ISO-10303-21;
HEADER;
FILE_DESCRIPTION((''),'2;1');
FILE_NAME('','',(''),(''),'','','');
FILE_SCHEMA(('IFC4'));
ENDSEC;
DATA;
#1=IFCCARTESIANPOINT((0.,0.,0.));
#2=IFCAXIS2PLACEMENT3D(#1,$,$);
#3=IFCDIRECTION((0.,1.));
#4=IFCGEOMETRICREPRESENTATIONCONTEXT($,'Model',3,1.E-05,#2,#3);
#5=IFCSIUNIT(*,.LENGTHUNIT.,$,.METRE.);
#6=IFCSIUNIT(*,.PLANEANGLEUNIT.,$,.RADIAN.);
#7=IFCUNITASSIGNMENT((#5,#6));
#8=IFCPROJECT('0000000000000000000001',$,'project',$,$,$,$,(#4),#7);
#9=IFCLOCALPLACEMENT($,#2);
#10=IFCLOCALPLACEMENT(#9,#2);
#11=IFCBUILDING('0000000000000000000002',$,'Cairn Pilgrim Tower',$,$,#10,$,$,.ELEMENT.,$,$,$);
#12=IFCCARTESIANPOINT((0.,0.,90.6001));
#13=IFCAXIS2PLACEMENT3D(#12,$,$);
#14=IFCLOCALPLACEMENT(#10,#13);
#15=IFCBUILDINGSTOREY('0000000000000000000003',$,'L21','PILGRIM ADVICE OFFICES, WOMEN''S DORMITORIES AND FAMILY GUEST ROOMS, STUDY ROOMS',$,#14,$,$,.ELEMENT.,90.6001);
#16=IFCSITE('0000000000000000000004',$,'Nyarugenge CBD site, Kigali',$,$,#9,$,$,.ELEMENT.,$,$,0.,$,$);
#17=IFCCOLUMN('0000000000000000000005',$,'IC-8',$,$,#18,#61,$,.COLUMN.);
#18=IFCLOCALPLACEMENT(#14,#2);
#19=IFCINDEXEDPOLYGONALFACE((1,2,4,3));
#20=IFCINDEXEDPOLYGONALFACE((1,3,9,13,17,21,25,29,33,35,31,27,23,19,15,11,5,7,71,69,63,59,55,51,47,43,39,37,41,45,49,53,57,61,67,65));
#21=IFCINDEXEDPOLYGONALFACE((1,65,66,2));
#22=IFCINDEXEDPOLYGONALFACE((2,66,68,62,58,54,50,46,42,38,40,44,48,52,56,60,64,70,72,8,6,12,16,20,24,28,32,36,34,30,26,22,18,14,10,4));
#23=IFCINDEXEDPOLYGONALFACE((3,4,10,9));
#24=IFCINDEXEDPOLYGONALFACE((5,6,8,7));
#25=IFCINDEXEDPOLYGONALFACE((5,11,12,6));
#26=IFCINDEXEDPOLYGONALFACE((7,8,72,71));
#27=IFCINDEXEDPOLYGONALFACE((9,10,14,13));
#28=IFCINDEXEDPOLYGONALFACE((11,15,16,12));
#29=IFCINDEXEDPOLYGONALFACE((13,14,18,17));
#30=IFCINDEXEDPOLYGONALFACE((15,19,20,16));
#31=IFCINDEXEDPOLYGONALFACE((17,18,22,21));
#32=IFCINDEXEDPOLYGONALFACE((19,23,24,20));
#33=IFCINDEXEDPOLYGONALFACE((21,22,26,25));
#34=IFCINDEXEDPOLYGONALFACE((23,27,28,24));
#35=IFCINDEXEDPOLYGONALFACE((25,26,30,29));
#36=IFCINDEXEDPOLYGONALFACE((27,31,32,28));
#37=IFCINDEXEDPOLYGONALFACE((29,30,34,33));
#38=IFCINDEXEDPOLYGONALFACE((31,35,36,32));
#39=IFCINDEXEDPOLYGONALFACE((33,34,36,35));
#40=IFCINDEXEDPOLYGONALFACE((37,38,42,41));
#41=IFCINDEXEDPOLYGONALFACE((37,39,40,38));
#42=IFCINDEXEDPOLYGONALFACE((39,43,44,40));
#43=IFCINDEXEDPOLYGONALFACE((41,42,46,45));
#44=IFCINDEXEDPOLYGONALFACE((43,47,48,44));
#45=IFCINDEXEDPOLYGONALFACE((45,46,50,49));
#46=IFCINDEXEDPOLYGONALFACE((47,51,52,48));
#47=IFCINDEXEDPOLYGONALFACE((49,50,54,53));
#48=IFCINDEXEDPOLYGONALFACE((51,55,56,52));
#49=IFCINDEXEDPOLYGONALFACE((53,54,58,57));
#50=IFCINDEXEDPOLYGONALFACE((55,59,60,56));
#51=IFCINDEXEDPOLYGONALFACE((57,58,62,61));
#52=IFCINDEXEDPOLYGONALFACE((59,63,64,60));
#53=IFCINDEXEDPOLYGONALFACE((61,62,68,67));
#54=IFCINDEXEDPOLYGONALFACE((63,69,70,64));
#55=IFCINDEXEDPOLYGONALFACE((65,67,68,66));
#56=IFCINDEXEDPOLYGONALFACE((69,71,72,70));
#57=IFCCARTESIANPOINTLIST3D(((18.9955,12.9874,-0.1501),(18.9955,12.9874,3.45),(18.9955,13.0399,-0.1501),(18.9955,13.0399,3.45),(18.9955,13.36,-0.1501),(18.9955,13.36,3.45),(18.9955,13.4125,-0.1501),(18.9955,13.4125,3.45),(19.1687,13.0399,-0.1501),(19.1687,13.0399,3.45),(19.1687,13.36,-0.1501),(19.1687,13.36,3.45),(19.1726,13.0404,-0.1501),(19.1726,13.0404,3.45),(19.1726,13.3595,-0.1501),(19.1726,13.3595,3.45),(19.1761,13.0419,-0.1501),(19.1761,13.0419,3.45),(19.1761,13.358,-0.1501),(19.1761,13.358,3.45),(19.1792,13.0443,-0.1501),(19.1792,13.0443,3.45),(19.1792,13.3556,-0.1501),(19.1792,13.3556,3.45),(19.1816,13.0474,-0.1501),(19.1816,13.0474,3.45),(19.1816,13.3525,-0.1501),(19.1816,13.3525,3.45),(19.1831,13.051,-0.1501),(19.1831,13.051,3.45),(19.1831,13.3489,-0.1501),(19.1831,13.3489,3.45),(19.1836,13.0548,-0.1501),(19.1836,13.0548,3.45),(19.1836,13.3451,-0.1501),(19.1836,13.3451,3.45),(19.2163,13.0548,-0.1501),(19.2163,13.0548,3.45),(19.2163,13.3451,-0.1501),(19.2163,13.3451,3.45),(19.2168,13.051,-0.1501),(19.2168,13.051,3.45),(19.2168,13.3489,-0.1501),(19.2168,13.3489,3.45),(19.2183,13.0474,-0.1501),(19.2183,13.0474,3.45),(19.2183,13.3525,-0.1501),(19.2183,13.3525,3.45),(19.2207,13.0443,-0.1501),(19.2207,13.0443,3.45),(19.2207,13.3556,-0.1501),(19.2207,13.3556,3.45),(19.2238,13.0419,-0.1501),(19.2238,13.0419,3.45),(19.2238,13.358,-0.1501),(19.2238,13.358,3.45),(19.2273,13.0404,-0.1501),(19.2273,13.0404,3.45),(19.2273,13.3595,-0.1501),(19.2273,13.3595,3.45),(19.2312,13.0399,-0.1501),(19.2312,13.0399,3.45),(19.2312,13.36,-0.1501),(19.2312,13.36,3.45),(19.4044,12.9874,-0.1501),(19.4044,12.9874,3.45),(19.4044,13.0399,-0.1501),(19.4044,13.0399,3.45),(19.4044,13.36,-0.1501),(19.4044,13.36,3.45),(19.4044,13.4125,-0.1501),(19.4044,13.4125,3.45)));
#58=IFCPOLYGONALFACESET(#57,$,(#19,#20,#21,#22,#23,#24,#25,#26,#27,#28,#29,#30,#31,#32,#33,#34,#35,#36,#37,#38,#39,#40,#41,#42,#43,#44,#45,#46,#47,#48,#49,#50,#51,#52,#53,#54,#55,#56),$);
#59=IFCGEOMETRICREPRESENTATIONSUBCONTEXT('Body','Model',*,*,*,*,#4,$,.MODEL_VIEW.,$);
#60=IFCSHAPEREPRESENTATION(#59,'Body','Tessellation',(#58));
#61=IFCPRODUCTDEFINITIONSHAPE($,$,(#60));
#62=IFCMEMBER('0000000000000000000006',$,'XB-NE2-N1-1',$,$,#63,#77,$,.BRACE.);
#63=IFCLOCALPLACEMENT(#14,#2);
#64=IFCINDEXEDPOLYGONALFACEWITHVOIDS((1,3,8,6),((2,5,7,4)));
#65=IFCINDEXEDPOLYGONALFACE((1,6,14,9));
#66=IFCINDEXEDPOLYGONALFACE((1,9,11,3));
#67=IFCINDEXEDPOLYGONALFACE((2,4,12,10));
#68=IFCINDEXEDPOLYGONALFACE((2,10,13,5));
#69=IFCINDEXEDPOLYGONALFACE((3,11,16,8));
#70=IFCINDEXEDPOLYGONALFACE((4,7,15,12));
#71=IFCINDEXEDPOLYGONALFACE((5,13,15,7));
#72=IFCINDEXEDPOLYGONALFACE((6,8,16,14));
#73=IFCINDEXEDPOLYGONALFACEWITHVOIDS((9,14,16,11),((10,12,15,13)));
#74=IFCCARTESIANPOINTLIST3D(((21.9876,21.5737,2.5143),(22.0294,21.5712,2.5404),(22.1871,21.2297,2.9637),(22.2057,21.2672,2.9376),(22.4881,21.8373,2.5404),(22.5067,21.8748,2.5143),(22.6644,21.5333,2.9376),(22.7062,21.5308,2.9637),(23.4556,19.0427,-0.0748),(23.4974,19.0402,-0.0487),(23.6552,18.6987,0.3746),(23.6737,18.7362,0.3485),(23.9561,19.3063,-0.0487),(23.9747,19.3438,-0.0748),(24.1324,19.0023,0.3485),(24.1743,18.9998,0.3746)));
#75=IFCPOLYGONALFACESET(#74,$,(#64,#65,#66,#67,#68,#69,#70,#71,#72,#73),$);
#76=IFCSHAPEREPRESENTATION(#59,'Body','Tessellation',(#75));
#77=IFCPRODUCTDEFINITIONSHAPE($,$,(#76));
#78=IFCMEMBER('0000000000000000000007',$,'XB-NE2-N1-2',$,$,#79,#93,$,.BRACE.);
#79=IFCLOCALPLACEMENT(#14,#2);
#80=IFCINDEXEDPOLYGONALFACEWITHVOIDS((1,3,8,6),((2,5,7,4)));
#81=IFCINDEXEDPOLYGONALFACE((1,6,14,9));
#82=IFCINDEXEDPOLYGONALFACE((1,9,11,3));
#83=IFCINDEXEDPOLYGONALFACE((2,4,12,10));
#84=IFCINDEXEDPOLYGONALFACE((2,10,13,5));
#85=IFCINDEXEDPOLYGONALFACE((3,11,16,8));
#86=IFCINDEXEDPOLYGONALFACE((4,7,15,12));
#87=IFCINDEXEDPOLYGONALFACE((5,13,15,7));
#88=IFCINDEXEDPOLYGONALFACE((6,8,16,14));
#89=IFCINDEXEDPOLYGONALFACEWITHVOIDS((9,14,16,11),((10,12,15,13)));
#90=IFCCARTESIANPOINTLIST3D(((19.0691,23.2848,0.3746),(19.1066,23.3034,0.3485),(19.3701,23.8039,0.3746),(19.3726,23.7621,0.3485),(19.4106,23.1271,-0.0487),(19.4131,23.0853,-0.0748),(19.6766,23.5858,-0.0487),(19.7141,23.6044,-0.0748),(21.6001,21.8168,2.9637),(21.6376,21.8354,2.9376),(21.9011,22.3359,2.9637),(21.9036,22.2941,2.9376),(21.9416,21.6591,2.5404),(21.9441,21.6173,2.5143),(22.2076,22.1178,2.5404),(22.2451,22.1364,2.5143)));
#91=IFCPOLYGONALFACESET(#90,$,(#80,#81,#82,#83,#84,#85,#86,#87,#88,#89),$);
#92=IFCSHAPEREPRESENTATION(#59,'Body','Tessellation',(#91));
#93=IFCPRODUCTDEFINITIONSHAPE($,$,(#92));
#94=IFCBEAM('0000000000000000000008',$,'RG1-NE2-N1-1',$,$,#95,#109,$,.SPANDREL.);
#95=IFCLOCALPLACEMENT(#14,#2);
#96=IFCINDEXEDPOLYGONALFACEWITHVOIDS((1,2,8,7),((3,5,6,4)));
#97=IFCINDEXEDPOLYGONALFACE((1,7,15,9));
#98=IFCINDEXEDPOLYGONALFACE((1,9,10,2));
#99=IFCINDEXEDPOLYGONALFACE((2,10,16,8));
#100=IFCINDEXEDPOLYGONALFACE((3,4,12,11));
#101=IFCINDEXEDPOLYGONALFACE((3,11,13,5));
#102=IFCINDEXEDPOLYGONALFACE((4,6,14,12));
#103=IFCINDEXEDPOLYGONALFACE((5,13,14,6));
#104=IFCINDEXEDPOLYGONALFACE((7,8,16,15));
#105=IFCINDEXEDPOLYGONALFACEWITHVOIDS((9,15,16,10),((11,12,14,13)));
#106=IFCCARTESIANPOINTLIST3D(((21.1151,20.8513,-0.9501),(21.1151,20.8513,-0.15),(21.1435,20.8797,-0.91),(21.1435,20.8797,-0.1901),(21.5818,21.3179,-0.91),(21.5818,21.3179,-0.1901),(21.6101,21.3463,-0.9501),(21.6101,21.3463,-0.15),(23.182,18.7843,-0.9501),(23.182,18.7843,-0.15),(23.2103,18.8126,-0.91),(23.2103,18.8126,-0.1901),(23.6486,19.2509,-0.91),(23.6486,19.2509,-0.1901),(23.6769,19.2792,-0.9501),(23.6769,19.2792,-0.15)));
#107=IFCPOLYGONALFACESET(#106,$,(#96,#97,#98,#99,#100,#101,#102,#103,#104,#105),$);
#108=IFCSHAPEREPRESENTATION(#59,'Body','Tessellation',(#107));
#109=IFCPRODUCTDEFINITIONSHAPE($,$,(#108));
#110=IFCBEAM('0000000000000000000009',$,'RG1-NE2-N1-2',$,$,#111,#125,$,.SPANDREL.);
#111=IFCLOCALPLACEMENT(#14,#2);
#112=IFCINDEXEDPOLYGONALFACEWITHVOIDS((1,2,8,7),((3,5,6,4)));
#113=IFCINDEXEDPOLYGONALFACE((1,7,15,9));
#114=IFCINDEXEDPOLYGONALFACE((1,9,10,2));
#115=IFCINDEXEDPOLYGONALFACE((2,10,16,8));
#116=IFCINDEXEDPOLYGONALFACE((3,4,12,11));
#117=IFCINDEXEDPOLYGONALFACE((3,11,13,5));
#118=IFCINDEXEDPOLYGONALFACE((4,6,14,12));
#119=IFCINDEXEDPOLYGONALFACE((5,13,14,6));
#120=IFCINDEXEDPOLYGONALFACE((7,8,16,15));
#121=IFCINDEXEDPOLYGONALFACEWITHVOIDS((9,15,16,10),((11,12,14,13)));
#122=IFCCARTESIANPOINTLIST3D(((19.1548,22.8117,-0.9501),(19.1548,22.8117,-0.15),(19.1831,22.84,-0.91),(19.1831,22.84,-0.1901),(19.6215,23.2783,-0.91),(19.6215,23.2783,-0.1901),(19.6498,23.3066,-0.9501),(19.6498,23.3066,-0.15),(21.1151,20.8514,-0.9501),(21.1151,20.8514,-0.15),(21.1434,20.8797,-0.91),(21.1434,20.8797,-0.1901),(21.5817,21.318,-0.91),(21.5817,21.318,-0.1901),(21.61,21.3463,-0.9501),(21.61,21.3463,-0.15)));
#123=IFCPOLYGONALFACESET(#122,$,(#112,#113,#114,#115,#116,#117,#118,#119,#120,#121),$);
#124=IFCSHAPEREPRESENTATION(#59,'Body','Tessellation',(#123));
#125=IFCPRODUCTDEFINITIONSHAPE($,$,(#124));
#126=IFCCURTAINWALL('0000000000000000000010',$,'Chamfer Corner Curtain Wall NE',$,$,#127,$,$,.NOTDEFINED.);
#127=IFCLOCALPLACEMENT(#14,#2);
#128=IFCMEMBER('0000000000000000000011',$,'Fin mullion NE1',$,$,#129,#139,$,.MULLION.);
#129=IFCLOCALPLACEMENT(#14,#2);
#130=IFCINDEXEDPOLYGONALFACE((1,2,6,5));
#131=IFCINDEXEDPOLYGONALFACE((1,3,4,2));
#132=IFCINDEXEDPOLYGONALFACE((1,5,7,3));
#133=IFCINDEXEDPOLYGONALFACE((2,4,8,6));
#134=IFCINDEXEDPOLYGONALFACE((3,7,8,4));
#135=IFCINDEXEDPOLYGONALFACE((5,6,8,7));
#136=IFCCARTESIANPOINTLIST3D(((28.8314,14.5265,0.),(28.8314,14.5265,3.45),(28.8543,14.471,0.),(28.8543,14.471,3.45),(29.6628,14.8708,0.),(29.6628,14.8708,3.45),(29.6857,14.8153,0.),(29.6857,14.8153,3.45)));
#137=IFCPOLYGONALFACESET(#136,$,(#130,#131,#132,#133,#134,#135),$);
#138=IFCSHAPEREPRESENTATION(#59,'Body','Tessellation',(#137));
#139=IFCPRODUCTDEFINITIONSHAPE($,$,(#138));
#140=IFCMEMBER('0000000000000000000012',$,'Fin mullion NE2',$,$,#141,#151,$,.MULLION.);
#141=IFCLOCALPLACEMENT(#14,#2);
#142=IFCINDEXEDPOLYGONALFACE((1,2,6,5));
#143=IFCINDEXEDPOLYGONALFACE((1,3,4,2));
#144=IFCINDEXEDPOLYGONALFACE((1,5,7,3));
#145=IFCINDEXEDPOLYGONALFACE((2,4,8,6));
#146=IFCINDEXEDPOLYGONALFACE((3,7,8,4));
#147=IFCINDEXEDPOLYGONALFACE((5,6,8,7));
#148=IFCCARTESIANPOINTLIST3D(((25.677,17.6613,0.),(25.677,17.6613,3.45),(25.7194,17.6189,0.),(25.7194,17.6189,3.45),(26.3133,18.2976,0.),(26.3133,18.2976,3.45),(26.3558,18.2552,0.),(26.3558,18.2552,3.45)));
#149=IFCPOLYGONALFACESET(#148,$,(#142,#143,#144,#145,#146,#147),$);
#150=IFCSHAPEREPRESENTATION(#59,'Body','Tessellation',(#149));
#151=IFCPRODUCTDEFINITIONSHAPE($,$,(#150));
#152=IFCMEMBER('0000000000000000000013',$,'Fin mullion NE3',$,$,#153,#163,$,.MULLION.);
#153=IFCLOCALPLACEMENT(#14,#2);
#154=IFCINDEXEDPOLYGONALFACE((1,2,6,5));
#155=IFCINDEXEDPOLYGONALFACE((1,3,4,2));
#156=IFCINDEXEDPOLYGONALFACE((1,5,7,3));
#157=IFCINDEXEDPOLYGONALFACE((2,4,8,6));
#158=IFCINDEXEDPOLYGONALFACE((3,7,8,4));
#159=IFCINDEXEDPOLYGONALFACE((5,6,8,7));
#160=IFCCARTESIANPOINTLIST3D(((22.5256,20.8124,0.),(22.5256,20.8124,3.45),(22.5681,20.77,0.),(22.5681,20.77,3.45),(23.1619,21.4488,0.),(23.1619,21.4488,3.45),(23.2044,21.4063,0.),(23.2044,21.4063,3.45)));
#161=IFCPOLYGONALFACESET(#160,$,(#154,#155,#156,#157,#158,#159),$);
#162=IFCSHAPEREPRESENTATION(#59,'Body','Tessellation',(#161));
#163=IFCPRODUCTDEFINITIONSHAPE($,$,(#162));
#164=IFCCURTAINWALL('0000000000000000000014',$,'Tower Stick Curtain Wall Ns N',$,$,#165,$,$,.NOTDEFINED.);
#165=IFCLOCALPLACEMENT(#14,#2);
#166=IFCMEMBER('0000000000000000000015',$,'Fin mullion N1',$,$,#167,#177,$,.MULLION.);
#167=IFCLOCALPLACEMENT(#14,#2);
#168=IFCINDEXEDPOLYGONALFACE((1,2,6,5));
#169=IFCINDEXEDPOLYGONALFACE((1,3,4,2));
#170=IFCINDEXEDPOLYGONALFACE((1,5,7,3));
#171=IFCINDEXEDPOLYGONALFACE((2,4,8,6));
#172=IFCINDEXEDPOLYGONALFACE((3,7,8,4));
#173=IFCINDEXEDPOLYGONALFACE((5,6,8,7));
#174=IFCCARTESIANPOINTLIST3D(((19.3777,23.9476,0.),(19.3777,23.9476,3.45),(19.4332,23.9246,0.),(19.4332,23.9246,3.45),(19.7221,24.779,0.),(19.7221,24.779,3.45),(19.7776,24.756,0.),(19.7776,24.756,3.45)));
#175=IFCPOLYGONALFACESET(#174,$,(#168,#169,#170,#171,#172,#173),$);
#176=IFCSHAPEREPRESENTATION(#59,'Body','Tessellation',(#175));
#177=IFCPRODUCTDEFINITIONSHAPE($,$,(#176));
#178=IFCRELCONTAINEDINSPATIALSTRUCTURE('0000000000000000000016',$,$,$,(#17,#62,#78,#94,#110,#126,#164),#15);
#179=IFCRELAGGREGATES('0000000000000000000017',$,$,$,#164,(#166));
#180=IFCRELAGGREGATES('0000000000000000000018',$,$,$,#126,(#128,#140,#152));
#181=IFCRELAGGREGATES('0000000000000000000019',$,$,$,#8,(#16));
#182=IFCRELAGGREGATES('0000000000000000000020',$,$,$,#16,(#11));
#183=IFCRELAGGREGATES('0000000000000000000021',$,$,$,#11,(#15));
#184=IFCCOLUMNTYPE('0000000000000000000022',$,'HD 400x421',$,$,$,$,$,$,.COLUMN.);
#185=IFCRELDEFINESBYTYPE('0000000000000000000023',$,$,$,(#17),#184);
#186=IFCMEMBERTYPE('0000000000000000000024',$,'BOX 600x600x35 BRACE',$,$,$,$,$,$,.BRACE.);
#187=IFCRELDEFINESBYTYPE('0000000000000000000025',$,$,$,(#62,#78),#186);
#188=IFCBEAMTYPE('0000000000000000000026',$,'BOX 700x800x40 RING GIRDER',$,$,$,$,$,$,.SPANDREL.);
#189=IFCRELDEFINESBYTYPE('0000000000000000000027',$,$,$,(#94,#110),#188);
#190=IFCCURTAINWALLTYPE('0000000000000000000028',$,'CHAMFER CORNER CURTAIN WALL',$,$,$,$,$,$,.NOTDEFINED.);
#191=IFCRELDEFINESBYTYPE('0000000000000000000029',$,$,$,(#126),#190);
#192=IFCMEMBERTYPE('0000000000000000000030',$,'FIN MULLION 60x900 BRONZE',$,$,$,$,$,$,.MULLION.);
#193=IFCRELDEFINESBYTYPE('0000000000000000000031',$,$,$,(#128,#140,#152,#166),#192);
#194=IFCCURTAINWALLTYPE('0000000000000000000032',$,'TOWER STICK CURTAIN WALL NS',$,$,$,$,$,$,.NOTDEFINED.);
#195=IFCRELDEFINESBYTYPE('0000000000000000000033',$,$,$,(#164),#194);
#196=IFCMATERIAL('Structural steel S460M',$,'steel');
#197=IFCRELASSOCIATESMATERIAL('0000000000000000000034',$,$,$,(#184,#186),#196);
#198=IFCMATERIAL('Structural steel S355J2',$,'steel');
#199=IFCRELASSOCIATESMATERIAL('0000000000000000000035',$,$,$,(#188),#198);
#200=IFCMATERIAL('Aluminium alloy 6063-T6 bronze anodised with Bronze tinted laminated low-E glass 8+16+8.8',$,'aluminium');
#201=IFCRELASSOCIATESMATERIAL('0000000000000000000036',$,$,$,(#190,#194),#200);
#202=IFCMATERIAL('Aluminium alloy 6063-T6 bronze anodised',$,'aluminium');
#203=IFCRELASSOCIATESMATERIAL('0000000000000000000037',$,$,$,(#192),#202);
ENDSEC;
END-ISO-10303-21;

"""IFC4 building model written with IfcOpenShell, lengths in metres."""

from ifc_helpers import new_model, si_unit, direction, frame, origin, origin_2d, place, context, subcontext, project, spatial, rectangle, hollow_rectangle, i_section, extrude, material, material_profile, profile_set, type_object, element, aggregate, save


model = new_model("IFC4")

# Units and contexts
model_context = context("Model", 3, precision=1e-05, world=origin(), true_north=direction((0.0, 1.0)))
body_context = subcontext(model_context, "Body", "Model", "MODEL_VIEW")
ifc_project = project(units=[si_unit("LENGTHUNIT", "METRE"), si_unit("PLANEANGLEUNIT", "RADIAN")], contexts=[model_context])

# Site, building, storey
site_placement = place(None, origin())
site = spatial("IfcSite", under=ifc_project, at=site_placement, Name="Nyarugenge CBD site, Kigali", CompositionType="ELEMENT", RefElevation=0.0)
building_placement = place(site_placement, origin())
building = spatial("IfcBuilding", under=site, at=building_placement, Name="Cairn Pilgrim Tower", CompositionType="ELEMENT")
storey_placement = place(building_placement, frame((0.0, 0.0, 90.6001)))
storey = spatial("IfcBuildingStorey", under=building, at=storey_placement, Name="L21", Description="PILGRIM ADVICE OFFICES, WOMEN'S DORMITORIES AND FAMILY GUEST ROOMS, STUDY ROOMS", CompositionType="ELEMENT", Elevation=90.6001)

# Column
ifc_material_1 = material(Name="Structural steel S460M", Category="steel")
ifc_material_profile_1 = material_profile(ifc_material_1, i_section(OverallWidth=0.4089, OverallDepth=0.425, WebThickness=0.0327, FlangeThickness=0.0525, FilletRadius=0.0149, at=origin_2d()), Name="HD 400x421")
ifc_profile_set_1 = profile_set([ifc_material_profile_1], Name="Structural steel S460M")
column_type_1 = type_object("IfcColumnType", Name="HD 400x421", PredefinedType="COLUMN", material=ifc_profile_set_1)
column_placement = place(storey_placement, frame((19.2, 13.2, -0.1501), z_axis=(0.0, 0.0, 1.0), x_axis=(1.0, 0.0, 0.0)))
element("IfcColumn", 1, at=column_placement, inside=storey, type_object=column_type_1, Name="IC-8", PredefinedType="COLUMN", context=body_context, shape_type="SweptSolid", body=[
    extrude(i_section(OverallWidth=0.4089, OverallDepth=0.425, WebThickness=0.0327, FlangeThickness=0.0525, FilletRadius=0.0149, at=origin_2d()), origin(), (0.0, 0.0, 1.0), 3.6001),
])

# Members
ifc_material_profile_2 = material_profile(ifc_material_1, hollow_rectangle(XDim=0.6001, YDim=0.6001, WallThickness=0.0349, at=origin_2d()), Name="BOX 600x600x35")
ifc_profile_set_2 = profile_set([ifc_material_profile_2], Name="Structural steel S460M")
member_type_1 = type_object("IfcMemberType", Name="BOX 600x600x35 BRACE", PredefinedType="BRACE", material=ifc_profile_set_2)
for number, where, z_axis, x_axis, name in (
    (2, (23.8149, 19.0212, 0.1499), (-0.375741, 0.647815, 0.662687), (-0.865026, -0.501727, 0.0), "XB-NE2-N1-1"),
    (3, (19.3916, 23.4446, 0.1499), (0.647815, -0.375741, 0.662687), (0.501727, 0.865026, 0.0), "XB-NE2-N1-2"),
):
    element("IfcMember", number, at=place(storey_placement, frame(where, z_axis=z_axis, x_axis=x_axis)), inside=storey, type_object=member_type_1, Name=name, PredefinedType="BRACE", context=body_context, shape_type="SweptSolid", body=[
        extrude(hollow_rectangle(XDim=0.6001, YDim=0.6001, WallThickness=0.0349, at=origin_2d()), origin(), (0.0, 0.0, 1.0), 3.907),
    ])

# Beams
ifc_material_2 = material(Name="Structural steel S355J2", Category="steel")
ifc_material_profile_3 = material_profile(ifc_material_2, hollow_rectangle(XDim=0.7, YDim=0.8, WallThickness=0.04, at=origin_2d()), Name="BOX 700x800x40")
ifc_profile_set_3 = profile_set([ifc_material_profile_3], Name="Structural steel S355J2")
beam_type_1 = type_object("IfcBeamType", Name="BOX 700x800x40 RING GIRDER", PredefinedType="SPANDREL", material=ifc_profile_set_3)
beam_1_placement = place(storey_placement, frame((23.4294, 19.0317, -0.55), z_axis=(-0.707065, 0.707149, 0.0), x_axis=(-0.707149, -0.707065, 0.0)))
element("IfcBeam", 4, at=beam_1_placement, inside=storey, type_object=beam_type_1, Name="RG1-NE2-N1-1", PredefinedType="SPANDREL", context=body_context, shape_type="SweptSolid", body=[
    extrude(hollow_rectangle(XDim=0.7, YDim=0.8, WallThickness=0.04, at=origin_2d()), origin(), (0.0, 0.0, 1.0), 2.9231),
])
beam_2_placement = place(storey_placement, frame((21.3625, 21.0989, -0.55), z_axis=(-0.707107, 0.707107, 0.0), x_axis=(-0.707107, -0.707107, 0.0)))
element("IfcBeam", 5, at=beam_2_placement, inside=storey, type_object=beam_type_1, Name="RG1-NE2-N1-2", PredefinedType="SPANDREL", context=body_context, shape_type="SweptSolid", body=[
    extrude(hollow_rectangle(XDim=0.7, YDim=0.8, WallThickness=0.04, at=origin_2d()), origin(), (0.0, 0.0, 1.0), 2.7722),
])

# Curtain wall, members
ifc_material_3 = material(Name="Aluminium alloy 6063-T6 bronze anodised with Bronze tinted laminated low-E glass 8+16+8.8", Category="aluminium")
curtain_wall_type_1 = type_object("IfcCurtainWallType", Name="CHAMFER CORNER CURTAIN WALL", PredefinedType="NOTDEFINED", material=ifc_material_3)
curtain_wall_1_placement = place(storey_placement, origin())
curtain_wall_1 = element("IfcCurtainWall", 6, at=curtain_wall_1_placement, inside=storey, type_object=curtain_wall_type_1, Name="Chamfer Corner Curtain Wall NE", PredefinedType="NOTDEFINED")
ifc_material_4 = material(Name="Aluminium alloy 6063-T6 bronze anodised", Category="aluminium")
ifc_material_profile_4 = material_profile(ifc_material_4, rectangle(XDim=0.8999, YDim=0.0601, at=origin_2d()), Name="FIN MULLION 60x900 BRONZE")
ifc_profile_set_4 = profile_set([ifc_material_profile_4], Name="Aluminium alloy 6063-T6 bronze anodised")
member_type_2 = type_object("IfcMemberType", Name="FIN MULLION 60x900 BRONZE", PredefinedType="MULLION", material=ifc_profile_set_4)
member_1_placement = place(storey_placement, frame((29.2585, 14.6709, 0.0), z_axis=(0.0, 0.0, 1.0), x_axis=(0.92388, 0.382683, 0.0)))
member_1 = element("IfcMember", 7, at=member_1_placement, type_object=member_type_2, Name="Fin mullion NE1", PredefinedType="MULLION", context=body_context, shape_type="SweptSolid", body=[
    extrude(rectangle(XDim=0.8999, YDim=0.0601, at=origin_2d()), origin(), (0.0, 0.0, 1.0), 3.45),
])
member_2_placement = place(storey_placement, frame((26.0164, 17.9583, 0.0), z_axis=(0.0, 0.0, 1.0), x_axis=(0.707107, 0.707107, 0.0)))
member_2 = element("IfcMember", 8, at=member_2_placement, type_object=member_type_2, Name="Fin mullion NE2", PredefinedType="MULLION", context=body_context, shape_type="SweptSolid", body=[
    extrude(rectangle(XDim=0.8999, YDim=0.0601, at=origin_2d()), origin(), (0.0, 0.0, 1.0), 3.45),
])
member_3_placement = place(storey_placement, frame((22.865, 21.1094, 0.0), z_axis=(0.0, 0.0, 1.0), x_axis=(0.707107, 0.707107, 0.0)))
member_3 = element("IfcMember", 9, at=member_3_placement, type_object=member_type_2, Name="Fin mullion NE3", PredefinedType="MULLION", context=body_context, shape_type="SweptSolid", body=[
    extrude(rectangle(XDim=0.8999, YDim=0.0601, at=origin_2d()), origin(), (0.0, 0.0, 1.0), 3.45),
])

# Curtain wall, member
curtain_wall_type_2 = type_object("IfcCurtainWallType", Name="TOWER STICK CURTAIN WALL NS", PredefinedType="NOTDEFINED", material=ifc_material_3)
curtain_wall_2_placement = place(storey_placement, origin())
curtain_wall_2 = element("IfcCurtainWall", 10, at=curtain_wall_2_placement, inside=storey, type_object=curtain_wall_type_2, Name="Tower Stick Curtain Wall Ns N", PredefinedType="NOTDEFINED")
member_4_placement = place(storey_placement, frame((19.5776, 24.3518, 0.0), z_axis=(0.0, 0.0, 1.0), x_axis=(0.382683, 0.92388, 0.0)))
member_4 = element("IfcMember", 11, at=member_4_placement, type_object=member_type_2, Name="Fin mullion N1", PredefinedType="MULLION", context=body_context, shape_type="SweptSolid", body=[
    extrude(rectangle(XDim=0.8999, YDim=0.0601, at=origin_2d()), origin(), (0.0, 0.0, 1.0), 3.45),
])
aggregate(curtain_wall_2, [member_4])

aggregate(curtain_wall_1, [member_1, member_2, member_3])

save(model, "model.ifc")
